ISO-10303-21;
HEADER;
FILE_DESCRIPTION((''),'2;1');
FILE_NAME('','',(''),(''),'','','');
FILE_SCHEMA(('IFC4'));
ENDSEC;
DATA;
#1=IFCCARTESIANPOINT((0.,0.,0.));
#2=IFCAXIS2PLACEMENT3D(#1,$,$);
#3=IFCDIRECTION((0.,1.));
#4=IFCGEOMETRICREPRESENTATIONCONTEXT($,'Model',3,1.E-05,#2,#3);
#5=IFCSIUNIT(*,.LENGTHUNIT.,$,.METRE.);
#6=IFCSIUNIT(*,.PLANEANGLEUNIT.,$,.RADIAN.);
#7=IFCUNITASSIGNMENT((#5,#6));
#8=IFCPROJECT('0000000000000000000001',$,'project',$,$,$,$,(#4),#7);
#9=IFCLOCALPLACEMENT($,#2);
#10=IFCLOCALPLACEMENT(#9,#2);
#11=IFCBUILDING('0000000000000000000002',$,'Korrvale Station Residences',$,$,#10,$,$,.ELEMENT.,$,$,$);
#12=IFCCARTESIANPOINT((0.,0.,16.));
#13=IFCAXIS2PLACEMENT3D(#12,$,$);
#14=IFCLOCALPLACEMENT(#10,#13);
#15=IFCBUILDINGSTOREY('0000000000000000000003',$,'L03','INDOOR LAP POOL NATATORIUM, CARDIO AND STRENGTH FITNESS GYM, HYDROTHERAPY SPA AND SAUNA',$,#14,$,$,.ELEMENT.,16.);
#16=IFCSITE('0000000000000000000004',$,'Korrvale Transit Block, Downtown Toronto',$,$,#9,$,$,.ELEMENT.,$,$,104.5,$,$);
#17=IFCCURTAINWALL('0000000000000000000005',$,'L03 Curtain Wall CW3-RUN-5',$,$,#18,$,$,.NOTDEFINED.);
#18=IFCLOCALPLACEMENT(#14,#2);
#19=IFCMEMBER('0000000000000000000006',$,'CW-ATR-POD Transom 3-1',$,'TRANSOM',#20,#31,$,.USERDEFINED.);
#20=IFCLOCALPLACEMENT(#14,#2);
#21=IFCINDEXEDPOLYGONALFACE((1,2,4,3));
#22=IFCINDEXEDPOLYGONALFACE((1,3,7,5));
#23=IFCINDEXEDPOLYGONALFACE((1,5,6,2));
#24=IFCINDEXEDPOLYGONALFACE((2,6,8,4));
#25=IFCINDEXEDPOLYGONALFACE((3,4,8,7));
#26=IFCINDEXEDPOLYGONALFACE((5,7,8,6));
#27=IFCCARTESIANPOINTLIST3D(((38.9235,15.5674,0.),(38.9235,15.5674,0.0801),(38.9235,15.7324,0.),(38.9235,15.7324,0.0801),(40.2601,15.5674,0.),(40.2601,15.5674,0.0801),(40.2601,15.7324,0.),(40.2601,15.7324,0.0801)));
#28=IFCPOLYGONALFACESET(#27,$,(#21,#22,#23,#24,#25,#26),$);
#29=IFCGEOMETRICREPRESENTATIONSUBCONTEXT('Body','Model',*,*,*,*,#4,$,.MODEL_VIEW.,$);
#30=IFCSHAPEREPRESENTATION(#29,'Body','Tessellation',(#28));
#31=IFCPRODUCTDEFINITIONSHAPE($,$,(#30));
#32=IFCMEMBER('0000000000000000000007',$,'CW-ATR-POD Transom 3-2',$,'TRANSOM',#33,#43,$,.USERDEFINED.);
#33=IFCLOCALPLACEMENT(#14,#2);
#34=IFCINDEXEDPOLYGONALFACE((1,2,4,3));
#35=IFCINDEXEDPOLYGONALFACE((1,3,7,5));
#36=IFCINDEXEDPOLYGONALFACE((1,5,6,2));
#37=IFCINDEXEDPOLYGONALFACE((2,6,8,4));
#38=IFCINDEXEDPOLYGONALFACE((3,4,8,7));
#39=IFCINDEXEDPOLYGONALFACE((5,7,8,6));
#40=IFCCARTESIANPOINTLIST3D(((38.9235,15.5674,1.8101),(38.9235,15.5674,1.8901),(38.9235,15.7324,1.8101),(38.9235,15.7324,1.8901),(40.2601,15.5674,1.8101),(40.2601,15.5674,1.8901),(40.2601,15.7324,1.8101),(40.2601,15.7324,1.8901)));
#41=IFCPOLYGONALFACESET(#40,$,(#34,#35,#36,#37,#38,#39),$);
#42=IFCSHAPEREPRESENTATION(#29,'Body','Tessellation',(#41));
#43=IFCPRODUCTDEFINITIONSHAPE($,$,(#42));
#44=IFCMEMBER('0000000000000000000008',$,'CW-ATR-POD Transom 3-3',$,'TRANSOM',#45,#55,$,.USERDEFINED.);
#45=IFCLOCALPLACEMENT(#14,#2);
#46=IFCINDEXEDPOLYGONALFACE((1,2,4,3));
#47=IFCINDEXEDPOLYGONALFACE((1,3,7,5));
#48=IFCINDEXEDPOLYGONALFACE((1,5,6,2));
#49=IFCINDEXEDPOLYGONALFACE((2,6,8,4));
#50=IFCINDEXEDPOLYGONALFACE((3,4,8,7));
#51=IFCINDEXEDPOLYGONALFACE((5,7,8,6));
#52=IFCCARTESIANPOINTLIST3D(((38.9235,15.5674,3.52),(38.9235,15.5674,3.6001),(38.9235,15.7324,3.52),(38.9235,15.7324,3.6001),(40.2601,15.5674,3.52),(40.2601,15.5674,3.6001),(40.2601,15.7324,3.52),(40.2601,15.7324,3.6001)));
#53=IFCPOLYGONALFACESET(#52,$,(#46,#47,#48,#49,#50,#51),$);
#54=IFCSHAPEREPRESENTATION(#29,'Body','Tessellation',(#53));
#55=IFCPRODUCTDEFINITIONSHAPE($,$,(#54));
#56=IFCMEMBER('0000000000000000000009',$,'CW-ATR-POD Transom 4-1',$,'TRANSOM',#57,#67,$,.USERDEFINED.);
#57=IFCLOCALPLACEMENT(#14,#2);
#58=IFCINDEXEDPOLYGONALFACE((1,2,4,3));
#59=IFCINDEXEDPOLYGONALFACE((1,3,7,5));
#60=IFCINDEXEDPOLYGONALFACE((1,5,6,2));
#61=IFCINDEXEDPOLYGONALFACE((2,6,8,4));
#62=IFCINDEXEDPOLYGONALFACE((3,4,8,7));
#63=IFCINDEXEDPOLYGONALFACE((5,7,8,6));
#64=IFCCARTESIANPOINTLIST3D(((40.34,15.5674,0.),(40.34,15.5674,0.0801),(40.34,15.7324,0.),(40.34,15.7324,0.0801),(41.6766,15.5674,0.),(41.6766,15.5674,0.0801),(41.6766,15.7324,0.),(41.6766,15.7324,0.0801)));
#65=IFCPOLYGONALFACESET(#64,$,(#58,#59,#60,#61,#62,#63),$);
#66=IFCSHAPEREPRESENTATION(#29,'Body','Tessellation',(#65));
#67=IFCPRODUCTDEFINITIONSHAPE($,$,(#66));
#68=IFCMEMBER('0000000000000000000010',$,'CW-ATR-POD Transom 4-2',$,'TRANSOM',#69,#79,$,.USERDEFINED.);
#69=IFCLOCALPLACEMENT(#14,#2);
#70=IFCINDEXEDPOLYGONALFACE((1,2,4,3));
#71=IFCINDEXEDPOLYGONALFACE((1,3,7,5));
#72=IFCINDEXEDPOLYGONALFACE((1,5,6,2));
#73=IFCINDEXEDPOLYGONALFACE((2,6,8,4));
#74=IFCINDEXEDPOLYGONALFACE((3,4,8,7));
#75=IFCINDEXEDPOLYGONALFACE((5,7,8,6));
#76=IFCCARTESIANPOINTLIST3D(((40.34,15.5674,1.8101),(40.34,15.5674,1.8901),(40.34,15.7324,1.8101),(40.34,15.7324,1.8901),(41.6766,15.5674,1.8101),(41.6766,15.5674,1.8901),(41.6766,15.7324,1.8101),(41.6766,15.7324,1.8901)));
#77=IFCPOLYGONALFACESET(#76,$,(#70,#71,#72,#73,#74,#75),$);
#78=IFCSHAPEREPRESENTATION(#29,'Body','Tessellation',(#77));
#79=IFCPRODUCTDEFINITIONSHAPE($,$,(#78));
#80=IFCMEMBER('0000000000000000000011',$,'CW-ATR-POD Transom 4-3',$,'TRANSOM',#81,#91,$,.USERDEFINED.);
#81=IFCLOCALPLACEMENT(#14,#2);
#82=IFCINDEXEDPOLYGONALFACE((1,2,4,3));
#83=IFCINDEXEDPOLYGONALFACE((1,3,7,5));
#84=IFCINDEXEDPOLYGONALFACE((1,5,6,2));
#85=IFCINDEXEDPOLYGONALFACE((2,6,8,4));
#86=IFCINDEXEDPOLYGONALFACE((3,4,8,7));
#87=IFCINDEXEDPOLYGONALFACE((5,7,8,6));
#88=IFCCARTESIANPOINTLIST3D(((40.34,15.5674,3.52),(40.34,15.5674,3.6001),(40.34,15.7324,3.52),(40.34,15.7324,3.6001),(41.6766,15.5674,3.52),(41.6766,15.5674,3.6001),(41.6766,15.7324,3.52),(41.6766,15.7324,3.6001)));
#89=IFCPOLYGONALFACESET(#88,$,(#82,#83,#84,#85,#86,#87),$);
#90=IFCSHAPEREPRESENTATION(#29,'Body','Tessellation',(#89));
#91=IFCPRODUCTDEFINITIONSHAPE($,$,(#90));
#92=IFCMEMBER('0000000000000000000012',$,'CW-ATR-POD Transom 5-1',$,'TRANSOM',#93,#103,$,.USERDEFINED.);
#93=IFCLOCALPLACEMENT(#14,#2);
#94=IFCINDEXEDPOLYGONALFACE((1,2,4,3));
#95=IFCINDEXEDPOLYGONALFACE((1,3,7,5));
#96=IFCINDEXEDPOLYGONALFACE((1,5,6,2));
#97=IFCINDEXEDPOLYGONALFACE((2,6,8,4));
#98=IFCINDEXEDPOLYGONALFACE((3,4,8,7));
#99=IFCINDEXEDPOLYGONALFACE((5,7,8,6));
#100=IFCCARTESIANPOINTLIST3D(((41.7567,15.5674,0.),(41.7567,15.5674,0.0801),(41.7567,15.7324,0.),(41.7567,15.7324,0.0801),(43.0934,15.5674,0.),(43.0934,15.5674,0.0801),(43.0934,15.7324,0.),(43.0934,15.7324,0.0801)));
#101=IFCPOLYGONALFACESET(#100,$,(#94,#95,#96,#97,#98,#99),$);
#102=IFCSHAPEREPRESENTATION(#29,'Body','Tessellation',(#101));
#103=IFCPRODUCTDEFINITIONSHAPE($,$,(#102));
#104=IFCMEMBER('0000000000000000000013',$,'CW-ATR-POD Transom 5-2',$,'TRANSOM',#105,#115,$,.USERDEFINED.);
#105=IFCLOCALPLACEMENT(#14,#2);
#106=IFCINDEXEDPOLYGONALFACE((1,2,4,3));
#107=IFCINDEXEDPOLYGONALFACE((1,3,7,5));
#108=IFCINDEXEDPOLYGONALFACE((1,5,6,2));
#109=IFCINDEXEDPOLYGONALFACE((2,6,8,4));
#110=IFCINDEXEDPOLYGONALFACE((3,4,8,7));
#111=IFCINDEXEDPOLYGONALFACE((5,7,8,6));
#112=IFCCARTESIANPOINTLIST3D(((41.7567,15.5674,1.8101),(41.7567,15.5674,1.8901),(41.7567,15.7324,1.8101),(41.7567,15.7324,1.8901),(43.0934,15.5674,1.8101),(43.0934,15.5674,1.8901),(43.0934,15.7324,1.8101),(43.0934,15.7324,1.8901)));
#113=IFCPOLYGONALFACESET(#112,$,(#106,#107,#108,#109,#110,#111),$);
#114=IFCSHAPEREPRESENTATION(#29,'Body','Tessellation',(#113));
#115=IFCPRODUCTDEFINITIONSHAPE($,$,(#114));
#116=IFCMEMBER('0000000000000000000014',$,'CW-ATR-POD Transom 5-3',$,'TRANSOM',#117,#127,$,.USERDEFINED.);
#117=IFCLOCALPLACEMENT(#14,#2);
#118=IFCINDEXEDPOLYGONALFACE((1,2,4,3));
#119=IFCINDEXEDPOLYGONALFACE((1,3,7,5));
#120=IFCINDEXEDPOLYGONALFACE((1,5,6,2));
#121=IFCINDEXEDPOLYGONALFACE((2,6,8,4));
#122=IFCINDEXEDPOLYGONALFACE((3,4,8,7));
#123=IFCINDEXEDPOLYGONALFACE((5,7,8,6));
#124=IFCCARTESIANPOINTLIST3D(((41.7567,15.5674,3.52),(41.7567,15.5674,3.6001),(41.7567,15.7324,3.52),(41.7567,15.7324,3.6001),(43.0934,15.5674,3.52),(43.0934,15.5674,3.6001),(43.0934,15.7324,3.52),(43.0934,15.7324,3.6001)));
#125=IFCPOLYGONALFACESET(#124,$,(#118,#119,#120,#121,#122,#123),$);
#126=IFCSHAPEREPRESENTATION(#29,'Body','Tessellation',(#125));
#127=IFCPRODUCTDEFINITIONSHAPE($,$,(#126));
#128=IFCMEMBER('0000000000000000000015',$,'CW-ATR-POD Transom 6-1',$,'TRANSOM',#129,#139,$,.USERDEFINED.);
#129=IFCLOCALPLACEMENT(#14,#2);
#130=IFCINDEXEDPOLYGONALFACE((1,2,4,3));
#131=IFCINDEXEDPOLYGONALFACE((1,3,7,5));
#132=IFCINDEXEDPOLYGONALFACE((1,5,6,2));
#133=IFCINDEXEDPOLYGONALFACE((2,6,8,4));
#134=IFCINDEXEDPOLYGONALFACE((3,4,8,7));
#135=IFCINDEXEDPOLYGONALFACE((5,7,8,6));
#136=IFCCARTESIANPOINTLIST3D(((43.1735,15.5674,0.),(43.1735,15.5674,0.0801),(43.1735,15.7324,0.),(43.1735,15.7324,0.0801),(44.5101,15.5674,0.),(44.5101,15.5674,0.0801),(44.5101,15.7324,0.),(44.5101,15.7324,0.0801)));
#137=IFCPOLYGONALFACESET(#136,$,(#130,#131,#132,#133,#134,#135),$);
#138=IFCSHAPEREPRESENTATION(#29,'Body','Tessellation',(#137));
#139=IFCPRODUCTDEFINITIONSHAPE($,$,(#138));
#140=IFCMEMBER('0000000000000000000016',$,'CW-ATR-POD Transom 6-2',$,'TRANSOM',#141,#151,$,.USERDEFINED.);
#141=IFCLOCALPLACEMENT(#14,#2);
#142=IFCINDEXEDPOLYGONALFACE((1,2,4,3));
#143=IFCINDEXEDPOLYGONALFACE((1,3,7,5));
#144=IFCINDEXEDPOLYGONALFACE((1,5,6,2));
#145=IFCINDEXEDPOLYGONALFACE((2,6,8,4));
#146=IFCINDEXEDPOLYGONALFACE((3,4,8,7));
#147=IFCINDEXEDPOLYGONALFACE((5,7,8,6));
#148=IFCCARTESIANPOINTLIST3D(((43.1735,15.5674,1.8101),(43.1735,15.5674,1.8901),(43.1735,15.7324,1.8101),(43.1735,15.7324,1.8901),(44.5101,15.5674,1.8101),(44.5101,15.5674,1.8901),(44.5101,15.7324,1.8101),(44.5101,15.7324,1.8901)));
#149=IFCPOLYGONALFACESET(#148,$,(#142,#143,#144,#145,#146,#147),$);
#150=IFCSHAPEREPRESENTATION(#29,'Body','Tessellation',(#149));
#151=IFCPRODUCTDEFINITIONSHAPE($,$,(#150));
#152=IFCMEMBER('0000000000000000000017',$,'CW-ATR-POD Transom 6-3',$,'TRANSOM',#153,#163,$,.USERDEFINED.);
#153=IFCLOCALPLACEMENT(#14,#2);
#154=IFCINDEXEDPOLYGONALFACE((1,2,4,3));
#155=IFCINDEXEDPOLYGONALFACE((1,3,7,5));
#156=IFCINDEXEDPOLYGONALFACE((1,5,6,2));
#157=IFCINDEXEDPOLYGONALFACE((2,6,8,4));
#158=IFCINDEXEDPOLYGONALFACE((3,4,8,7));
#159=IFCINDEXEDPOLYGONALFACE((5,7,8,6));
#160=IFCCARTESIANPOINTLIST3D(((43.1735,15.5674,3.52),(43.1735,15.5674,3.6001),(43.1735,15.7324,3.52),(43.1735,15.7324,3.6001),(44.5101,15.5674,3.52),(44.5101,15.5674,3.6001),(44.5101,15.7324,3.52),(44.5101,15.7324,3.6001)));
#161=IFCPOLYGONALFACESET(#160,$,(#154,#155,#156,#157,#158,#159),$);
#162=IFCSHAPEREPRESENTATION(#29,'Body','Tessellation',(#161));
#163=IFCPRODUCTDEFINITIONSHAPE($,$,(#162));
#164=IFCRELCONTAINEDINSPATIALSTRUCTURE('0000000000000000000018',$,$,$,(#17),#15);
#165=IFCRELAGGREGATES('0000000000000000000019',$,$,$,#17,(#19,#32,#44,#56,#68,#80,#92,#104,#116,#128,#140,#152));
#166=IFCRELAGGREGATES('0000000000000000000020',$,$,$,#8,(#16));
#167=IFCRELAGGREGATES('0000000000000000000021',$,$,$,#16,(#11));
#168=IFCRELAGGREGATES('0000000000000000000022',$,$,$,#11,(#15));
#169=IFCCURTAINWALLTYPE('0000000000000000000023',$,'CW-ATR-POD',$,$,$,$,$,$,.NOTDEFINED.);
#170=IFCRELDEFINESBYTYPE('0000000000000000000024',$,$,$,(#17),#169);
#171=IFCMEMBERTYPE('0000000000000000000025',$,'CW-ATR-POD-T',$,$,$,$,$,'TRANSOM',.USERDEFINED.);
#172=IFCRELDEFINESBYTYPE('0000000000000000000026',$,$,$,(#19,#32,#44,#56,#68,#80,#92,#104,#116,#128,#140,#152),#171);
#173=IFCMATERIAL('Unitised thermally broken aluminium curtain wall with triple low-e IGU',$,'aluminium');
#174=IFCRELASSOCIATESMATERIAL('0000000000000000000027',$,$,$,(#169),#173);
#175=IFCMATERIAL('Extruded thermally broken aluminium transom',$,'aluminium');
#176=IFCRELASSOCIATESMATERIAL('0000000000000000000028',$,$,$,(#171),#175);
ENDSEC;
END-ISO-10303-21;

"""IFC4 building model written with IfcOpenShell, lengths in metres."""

from ifc_helpers import new_model, si_unit, direction, frame, origin, origin_2d, place, context, subcontext, project, spatial, rectangle, extrude, material, type_object, element, aggregate, save


model = new_model("IFC4")

# Units and contexts
model_context = context("Model", 3, precision=1e-05, world=origin(), true_north=direction((0.0, 1.0)))
body_context = subcontext(model_context, "Body", "Model", "MODEL_VIEW")
ifc_project = project(units=[si_unit("LENGTHUNIT", "METRE"), si_unit("PLANEANGLEUNIT", "RADIAN")], contexts=[model_context])

# Site, building, storey
site_placement = place(None, origin())
site = spatial("IfcSite", under=ifc_project, at=site_placement, Name="Korrvale Transit Block, Downtown Toronto", CompositionType="ELEMENT", RefElevation=104.5)
building_placement = place(site_placement, origin())
building = spatial("IfcBuilding", under=site, at=building_placement, Name="Korrvale Station Residences", CompositionType="ELEMENT")
storey_placement = place(building_placement, frame((0.0, 0.0, 16.0)))
storey = spatial("IfcBuildingStorey", under=building, at=storey_placement, Name="L03", Description="INDOOR LAP POOL NATATORIUM, CARDIO AND STRENGTH FITNESS GYM, HYDROTHERAPY SPA AND SAUNA", CompositionType="ELEMENT", Elevation=16.0)

# Curtain wall, members
ifc_material_1 = material(Name="Unitised thermally broken aluminium curtain wall with triple low-e IGU", Category="aluminium")
curtain_wall_type = type_object("IfcCurtainWallType", Name="CW-ATR-POD", PredefinedType="NOTDEFINED", material=ifc_material_1)
curtain_wall_placement = place(storey_placement, origin())
curtain_wall = element("IfcCurtainWall", 1, at=curtain_wall_placement, inside=storey, type_object=curtain_wall_type, Name="L03 Curtain Wall CW3-RUN-5", PredefinedType="NOTDEFINED")
ifc_material_2 = material(Name="Extruded thermally broken aluminium transom", Category="aluminium")
member_type_1 = type_object("IfcMemberType", Name="CW-ATR-POD-T", ElementType="TRANSOM", PredefinedType="USERDEFINED", material=ifc_material_2)
member_1_placement = place(storey_placement, frame((39.5918, 15.6499, 0.0), z_axis=(0.0, 0.0, 1.0), x_axis=(1.0, 0.0, 0.0)))
member_1 = element("IfcMember", 2, at=member_1_placement, type_object=member_type_1, Name="CW-ATR-POD Transom 3-1", ObjectType="TRANSOM", PredefinedType="USERDEFINED", context=body_context, shape_type="SweptSolid", body=[
    extrude(rectangle(XDim=1.3367, YDim=0.165, at=origin_2d()), origin(), (0.0, 0.0, 1.0), 0.0801),
])
member_2_placement = place(storey_placement, frame((39.5918, 15.6499, 1.8101), z_axis=(0.0, 0.0, 1.0), x_axis=(1.0, 0.0, 0.0)))
member_2 = element("IfcMember", 3, at=member_2_placement, type_object=member_type_1, Name="CW-ATR-POD Transom 3-2", ObjectType="TRANSOM", PredefinedType="USERDEFINED", context=body_context, shape_type="SweptSolid", body=[
    extrude(rectangle(XDim=1.3367, YDim=0.165, at=origin_2d()), origin(), (0.0, 0.0, 1.0), 0.0801),
])
member_3_placement = place(storey_placement, frame((39.5918, 15.6499, 3.52), z_axis=(0.0, 0.0, 1.0), x_axis=(1.0, 0.0, 0.0)))
member_3 = element("IfcMember", 4, at=member_3_placement, type_object=member_type_1, Name="CW-ATR-POD Transom 3-3", ObjectType="TRANSOM", PredefinedType="USERDEFINED", context=body_context, shape_type="SweptSolid", body=[
    extrude(rectangle(XDim=1.3367, YDim=0.165, at=origin_2d()), origin(), (0.0, 0.0, 1.0), 0.0801),
])
member_4_placement = place(storey_placement, frame((41.0083, 15.6499, 0.0), z_axis=(0.0, 0.0, 1.0), x_axis=(1.0, 0.0, 0.0)))
member_4 = element("IfcMember", 5, at=member_4_placement, type_object=member_type_1, Name="CW-ATR-POD Transom 4-1", ObjectType="TRANSOM", PredefinedType="USERDEFINED", context=body_context, shape_type="SweptSolid", body=[
    extrude(rectangle(XDim=1.3367, YDim=0.165, at=origin_2d()), origin(), (0.0, 0.0, 1.0), 0.0801),
])
member_5_placement = place(storey_placement, frame((41.0083, 15.6499, 1.8101), z_axis=(0.0, 0.0, 1.0), x_axis=(1.0, 0.0, 0.0)))
member_5 = element("IfcMember", 6, at=member_5_placement, type_object=member_type_1, Name="CW-ATR-POD Transom 4-2", ObjectType="TRANSOM", PredefinedType="USERDEFINED", context=body_context, shape_type="SweptSolid", body=[
    extrude(rectangle(XDim=1.3367, YDim=0.165, at=origin_2d()), origin(), (0.0, 0.0, 1.0), 0.0801),
])
member_6_placement = place(storey_placement, frame((41.0083, 15.6499, 3.52), z_axis=(0.0, 0.0, 1.0), x_axis=(1.0, 0.0, 0.0)))
member_6 = element("IfcMember", 7, at=member_6_placement, type_object=member_type_1, Name="CW-ATR-POD Transom 4-3", ObjectType="TRANSOM", PredefinedType="USERDEFINED", context=body_context, shape_type="SweptSolid", body=[
    extrude(rectangle(XDim=1.3367, YDim=0.165, at=origin_2d()), origin(), (0.0, 0.0, 1.0), 0.0801),
])
member_7_placement = place(storey_placement, frame((42.425, 15.6499, 0.0), z_axis=(0.0, 0.0, 1.0), x_axis=(1.0, 0.0, 0.0)))
member_7 = element("IfcMember", 8, at=member_7_placement, type_object=member_type_1, Name="CW-ATR-POD Transom 5-1", ObjectType="TRANSOM", PredefinedType="USERDEFINED", context=body_context, shape_type="SweptSolid", body=[
    extrude(rectangle(XDim=1.3367, YDim=0.165, at=origin_2d()), origin(), (0.0, 0.0, 1.0), 0.0801),
])
member_8_placement = place(storey_placement, frame((42.425, 15.6499, 1.8101), z_axis=(0.0, 0.0, 1.0), x_axis=(1.0, 0.0, 0.0)))
member_8 = element("IfcMember", 9, at=member_8_placement, type_object=member_type_1, Name="CW-ATR-POD Transom 5-2", ObjectType="TRANSOM", PredefinedType="USERDEFINED", context=body_context, shape_type="SweptSolid", body=[
    extrude(rectangle(XDim=1.3367, YDim=0.165, at=origin_2d()), origin(), (0.0, 0.0, 1.0), 0.0801),
])
member_9_placement = place(storey_placement, frame((42.425, 15.6499, 3.52), z_axis=(0.0, 0.0, 1.0), x_axis=(1.0, 0.0, 0.0)))
member_9 = element("IfcMember", 10, at=member_9_placement, type_object=member_type_1, Name="CW-ATR-POD Transom 5-3", ObjectType="TRANSOM", PredefinedType="USERDEFINED", context=body_context, shape_type="SweptSolid", body=[
    extrude(rectangle(XDim=1.3367, YDim=0.165, at=origin_2d()), origin(), (0.0, 0.0, 1.0), 0.0801),
])
member_10_placement = place(storey_placement, frame((43.8418, 15.6499, 0.0), z_axis=(0.0, 0.0, 1.0), x_axis=(1.0, 0.0, 0.0)))
member_10 = element("IfcMember", 11, at=member_10_placement, type_object=member_type_1, Name="CW-ATR-POD Transom 6-1", ObjectType="TRANSOM", PredefinedType="USERDEFINED", context=body_context, shape_type="SweptSolid", body=[
    extrude(rectangle(XDim=1.3367, YDim=0.165, at=origin_2d()), origin(), (0.0, 0.0, 1.0), 0.0801),
])
member_11_placement = place(storey_placement, frame((43.8418, 15.6499, 1.8101), z_axis=(0.0, 0.0, 1.0), x_axis=(1.0, 0.0, 0.0)))
member_11 = element("IfcMember", 12, at=member_11_placement, type_object=member_type_1, Name="CW-ATR-POD Transom 6-2", ObjectType="TRANSOM", PredefinedType="USERDEFINED", context=body_context, shape_type="SweptSolid", body=[
    extrude(rectangle(XDim=1.3367, YDim=0.165, at=origin_2d()), origin(), (0.0, 0.0, 1.0), 0.0801),
])
member_12_placement = place(storey_placement, frame((43.8418, 15.6499, 3.52), z_axis=(0.0, 0.0, 1.0), x_axis=(1.0, 0.0, 0.0)))
member_12 = element("IfcMember", 13, at=member_12_placement, type_object=member_type_1, Name="CW-ATR-POD Transom 6-3", ObjectType="TRANSOM", PredefinedType="USERDEFINED", context=body_context, shape_type="SweptSolid", body=[
    extrude(rectangle(XDim=1.3367, YDim=0.165, at=origin_2d()), origin(), (0.0, 0.0, 1.0), 0.0801),
])

aggregate(curtain_wall, [member_1, member_2, member_3, member_4, member_5, member_6, member_7, member_8, member_9, member_10, member_11, member_12])

save(model, "model.ifc")
